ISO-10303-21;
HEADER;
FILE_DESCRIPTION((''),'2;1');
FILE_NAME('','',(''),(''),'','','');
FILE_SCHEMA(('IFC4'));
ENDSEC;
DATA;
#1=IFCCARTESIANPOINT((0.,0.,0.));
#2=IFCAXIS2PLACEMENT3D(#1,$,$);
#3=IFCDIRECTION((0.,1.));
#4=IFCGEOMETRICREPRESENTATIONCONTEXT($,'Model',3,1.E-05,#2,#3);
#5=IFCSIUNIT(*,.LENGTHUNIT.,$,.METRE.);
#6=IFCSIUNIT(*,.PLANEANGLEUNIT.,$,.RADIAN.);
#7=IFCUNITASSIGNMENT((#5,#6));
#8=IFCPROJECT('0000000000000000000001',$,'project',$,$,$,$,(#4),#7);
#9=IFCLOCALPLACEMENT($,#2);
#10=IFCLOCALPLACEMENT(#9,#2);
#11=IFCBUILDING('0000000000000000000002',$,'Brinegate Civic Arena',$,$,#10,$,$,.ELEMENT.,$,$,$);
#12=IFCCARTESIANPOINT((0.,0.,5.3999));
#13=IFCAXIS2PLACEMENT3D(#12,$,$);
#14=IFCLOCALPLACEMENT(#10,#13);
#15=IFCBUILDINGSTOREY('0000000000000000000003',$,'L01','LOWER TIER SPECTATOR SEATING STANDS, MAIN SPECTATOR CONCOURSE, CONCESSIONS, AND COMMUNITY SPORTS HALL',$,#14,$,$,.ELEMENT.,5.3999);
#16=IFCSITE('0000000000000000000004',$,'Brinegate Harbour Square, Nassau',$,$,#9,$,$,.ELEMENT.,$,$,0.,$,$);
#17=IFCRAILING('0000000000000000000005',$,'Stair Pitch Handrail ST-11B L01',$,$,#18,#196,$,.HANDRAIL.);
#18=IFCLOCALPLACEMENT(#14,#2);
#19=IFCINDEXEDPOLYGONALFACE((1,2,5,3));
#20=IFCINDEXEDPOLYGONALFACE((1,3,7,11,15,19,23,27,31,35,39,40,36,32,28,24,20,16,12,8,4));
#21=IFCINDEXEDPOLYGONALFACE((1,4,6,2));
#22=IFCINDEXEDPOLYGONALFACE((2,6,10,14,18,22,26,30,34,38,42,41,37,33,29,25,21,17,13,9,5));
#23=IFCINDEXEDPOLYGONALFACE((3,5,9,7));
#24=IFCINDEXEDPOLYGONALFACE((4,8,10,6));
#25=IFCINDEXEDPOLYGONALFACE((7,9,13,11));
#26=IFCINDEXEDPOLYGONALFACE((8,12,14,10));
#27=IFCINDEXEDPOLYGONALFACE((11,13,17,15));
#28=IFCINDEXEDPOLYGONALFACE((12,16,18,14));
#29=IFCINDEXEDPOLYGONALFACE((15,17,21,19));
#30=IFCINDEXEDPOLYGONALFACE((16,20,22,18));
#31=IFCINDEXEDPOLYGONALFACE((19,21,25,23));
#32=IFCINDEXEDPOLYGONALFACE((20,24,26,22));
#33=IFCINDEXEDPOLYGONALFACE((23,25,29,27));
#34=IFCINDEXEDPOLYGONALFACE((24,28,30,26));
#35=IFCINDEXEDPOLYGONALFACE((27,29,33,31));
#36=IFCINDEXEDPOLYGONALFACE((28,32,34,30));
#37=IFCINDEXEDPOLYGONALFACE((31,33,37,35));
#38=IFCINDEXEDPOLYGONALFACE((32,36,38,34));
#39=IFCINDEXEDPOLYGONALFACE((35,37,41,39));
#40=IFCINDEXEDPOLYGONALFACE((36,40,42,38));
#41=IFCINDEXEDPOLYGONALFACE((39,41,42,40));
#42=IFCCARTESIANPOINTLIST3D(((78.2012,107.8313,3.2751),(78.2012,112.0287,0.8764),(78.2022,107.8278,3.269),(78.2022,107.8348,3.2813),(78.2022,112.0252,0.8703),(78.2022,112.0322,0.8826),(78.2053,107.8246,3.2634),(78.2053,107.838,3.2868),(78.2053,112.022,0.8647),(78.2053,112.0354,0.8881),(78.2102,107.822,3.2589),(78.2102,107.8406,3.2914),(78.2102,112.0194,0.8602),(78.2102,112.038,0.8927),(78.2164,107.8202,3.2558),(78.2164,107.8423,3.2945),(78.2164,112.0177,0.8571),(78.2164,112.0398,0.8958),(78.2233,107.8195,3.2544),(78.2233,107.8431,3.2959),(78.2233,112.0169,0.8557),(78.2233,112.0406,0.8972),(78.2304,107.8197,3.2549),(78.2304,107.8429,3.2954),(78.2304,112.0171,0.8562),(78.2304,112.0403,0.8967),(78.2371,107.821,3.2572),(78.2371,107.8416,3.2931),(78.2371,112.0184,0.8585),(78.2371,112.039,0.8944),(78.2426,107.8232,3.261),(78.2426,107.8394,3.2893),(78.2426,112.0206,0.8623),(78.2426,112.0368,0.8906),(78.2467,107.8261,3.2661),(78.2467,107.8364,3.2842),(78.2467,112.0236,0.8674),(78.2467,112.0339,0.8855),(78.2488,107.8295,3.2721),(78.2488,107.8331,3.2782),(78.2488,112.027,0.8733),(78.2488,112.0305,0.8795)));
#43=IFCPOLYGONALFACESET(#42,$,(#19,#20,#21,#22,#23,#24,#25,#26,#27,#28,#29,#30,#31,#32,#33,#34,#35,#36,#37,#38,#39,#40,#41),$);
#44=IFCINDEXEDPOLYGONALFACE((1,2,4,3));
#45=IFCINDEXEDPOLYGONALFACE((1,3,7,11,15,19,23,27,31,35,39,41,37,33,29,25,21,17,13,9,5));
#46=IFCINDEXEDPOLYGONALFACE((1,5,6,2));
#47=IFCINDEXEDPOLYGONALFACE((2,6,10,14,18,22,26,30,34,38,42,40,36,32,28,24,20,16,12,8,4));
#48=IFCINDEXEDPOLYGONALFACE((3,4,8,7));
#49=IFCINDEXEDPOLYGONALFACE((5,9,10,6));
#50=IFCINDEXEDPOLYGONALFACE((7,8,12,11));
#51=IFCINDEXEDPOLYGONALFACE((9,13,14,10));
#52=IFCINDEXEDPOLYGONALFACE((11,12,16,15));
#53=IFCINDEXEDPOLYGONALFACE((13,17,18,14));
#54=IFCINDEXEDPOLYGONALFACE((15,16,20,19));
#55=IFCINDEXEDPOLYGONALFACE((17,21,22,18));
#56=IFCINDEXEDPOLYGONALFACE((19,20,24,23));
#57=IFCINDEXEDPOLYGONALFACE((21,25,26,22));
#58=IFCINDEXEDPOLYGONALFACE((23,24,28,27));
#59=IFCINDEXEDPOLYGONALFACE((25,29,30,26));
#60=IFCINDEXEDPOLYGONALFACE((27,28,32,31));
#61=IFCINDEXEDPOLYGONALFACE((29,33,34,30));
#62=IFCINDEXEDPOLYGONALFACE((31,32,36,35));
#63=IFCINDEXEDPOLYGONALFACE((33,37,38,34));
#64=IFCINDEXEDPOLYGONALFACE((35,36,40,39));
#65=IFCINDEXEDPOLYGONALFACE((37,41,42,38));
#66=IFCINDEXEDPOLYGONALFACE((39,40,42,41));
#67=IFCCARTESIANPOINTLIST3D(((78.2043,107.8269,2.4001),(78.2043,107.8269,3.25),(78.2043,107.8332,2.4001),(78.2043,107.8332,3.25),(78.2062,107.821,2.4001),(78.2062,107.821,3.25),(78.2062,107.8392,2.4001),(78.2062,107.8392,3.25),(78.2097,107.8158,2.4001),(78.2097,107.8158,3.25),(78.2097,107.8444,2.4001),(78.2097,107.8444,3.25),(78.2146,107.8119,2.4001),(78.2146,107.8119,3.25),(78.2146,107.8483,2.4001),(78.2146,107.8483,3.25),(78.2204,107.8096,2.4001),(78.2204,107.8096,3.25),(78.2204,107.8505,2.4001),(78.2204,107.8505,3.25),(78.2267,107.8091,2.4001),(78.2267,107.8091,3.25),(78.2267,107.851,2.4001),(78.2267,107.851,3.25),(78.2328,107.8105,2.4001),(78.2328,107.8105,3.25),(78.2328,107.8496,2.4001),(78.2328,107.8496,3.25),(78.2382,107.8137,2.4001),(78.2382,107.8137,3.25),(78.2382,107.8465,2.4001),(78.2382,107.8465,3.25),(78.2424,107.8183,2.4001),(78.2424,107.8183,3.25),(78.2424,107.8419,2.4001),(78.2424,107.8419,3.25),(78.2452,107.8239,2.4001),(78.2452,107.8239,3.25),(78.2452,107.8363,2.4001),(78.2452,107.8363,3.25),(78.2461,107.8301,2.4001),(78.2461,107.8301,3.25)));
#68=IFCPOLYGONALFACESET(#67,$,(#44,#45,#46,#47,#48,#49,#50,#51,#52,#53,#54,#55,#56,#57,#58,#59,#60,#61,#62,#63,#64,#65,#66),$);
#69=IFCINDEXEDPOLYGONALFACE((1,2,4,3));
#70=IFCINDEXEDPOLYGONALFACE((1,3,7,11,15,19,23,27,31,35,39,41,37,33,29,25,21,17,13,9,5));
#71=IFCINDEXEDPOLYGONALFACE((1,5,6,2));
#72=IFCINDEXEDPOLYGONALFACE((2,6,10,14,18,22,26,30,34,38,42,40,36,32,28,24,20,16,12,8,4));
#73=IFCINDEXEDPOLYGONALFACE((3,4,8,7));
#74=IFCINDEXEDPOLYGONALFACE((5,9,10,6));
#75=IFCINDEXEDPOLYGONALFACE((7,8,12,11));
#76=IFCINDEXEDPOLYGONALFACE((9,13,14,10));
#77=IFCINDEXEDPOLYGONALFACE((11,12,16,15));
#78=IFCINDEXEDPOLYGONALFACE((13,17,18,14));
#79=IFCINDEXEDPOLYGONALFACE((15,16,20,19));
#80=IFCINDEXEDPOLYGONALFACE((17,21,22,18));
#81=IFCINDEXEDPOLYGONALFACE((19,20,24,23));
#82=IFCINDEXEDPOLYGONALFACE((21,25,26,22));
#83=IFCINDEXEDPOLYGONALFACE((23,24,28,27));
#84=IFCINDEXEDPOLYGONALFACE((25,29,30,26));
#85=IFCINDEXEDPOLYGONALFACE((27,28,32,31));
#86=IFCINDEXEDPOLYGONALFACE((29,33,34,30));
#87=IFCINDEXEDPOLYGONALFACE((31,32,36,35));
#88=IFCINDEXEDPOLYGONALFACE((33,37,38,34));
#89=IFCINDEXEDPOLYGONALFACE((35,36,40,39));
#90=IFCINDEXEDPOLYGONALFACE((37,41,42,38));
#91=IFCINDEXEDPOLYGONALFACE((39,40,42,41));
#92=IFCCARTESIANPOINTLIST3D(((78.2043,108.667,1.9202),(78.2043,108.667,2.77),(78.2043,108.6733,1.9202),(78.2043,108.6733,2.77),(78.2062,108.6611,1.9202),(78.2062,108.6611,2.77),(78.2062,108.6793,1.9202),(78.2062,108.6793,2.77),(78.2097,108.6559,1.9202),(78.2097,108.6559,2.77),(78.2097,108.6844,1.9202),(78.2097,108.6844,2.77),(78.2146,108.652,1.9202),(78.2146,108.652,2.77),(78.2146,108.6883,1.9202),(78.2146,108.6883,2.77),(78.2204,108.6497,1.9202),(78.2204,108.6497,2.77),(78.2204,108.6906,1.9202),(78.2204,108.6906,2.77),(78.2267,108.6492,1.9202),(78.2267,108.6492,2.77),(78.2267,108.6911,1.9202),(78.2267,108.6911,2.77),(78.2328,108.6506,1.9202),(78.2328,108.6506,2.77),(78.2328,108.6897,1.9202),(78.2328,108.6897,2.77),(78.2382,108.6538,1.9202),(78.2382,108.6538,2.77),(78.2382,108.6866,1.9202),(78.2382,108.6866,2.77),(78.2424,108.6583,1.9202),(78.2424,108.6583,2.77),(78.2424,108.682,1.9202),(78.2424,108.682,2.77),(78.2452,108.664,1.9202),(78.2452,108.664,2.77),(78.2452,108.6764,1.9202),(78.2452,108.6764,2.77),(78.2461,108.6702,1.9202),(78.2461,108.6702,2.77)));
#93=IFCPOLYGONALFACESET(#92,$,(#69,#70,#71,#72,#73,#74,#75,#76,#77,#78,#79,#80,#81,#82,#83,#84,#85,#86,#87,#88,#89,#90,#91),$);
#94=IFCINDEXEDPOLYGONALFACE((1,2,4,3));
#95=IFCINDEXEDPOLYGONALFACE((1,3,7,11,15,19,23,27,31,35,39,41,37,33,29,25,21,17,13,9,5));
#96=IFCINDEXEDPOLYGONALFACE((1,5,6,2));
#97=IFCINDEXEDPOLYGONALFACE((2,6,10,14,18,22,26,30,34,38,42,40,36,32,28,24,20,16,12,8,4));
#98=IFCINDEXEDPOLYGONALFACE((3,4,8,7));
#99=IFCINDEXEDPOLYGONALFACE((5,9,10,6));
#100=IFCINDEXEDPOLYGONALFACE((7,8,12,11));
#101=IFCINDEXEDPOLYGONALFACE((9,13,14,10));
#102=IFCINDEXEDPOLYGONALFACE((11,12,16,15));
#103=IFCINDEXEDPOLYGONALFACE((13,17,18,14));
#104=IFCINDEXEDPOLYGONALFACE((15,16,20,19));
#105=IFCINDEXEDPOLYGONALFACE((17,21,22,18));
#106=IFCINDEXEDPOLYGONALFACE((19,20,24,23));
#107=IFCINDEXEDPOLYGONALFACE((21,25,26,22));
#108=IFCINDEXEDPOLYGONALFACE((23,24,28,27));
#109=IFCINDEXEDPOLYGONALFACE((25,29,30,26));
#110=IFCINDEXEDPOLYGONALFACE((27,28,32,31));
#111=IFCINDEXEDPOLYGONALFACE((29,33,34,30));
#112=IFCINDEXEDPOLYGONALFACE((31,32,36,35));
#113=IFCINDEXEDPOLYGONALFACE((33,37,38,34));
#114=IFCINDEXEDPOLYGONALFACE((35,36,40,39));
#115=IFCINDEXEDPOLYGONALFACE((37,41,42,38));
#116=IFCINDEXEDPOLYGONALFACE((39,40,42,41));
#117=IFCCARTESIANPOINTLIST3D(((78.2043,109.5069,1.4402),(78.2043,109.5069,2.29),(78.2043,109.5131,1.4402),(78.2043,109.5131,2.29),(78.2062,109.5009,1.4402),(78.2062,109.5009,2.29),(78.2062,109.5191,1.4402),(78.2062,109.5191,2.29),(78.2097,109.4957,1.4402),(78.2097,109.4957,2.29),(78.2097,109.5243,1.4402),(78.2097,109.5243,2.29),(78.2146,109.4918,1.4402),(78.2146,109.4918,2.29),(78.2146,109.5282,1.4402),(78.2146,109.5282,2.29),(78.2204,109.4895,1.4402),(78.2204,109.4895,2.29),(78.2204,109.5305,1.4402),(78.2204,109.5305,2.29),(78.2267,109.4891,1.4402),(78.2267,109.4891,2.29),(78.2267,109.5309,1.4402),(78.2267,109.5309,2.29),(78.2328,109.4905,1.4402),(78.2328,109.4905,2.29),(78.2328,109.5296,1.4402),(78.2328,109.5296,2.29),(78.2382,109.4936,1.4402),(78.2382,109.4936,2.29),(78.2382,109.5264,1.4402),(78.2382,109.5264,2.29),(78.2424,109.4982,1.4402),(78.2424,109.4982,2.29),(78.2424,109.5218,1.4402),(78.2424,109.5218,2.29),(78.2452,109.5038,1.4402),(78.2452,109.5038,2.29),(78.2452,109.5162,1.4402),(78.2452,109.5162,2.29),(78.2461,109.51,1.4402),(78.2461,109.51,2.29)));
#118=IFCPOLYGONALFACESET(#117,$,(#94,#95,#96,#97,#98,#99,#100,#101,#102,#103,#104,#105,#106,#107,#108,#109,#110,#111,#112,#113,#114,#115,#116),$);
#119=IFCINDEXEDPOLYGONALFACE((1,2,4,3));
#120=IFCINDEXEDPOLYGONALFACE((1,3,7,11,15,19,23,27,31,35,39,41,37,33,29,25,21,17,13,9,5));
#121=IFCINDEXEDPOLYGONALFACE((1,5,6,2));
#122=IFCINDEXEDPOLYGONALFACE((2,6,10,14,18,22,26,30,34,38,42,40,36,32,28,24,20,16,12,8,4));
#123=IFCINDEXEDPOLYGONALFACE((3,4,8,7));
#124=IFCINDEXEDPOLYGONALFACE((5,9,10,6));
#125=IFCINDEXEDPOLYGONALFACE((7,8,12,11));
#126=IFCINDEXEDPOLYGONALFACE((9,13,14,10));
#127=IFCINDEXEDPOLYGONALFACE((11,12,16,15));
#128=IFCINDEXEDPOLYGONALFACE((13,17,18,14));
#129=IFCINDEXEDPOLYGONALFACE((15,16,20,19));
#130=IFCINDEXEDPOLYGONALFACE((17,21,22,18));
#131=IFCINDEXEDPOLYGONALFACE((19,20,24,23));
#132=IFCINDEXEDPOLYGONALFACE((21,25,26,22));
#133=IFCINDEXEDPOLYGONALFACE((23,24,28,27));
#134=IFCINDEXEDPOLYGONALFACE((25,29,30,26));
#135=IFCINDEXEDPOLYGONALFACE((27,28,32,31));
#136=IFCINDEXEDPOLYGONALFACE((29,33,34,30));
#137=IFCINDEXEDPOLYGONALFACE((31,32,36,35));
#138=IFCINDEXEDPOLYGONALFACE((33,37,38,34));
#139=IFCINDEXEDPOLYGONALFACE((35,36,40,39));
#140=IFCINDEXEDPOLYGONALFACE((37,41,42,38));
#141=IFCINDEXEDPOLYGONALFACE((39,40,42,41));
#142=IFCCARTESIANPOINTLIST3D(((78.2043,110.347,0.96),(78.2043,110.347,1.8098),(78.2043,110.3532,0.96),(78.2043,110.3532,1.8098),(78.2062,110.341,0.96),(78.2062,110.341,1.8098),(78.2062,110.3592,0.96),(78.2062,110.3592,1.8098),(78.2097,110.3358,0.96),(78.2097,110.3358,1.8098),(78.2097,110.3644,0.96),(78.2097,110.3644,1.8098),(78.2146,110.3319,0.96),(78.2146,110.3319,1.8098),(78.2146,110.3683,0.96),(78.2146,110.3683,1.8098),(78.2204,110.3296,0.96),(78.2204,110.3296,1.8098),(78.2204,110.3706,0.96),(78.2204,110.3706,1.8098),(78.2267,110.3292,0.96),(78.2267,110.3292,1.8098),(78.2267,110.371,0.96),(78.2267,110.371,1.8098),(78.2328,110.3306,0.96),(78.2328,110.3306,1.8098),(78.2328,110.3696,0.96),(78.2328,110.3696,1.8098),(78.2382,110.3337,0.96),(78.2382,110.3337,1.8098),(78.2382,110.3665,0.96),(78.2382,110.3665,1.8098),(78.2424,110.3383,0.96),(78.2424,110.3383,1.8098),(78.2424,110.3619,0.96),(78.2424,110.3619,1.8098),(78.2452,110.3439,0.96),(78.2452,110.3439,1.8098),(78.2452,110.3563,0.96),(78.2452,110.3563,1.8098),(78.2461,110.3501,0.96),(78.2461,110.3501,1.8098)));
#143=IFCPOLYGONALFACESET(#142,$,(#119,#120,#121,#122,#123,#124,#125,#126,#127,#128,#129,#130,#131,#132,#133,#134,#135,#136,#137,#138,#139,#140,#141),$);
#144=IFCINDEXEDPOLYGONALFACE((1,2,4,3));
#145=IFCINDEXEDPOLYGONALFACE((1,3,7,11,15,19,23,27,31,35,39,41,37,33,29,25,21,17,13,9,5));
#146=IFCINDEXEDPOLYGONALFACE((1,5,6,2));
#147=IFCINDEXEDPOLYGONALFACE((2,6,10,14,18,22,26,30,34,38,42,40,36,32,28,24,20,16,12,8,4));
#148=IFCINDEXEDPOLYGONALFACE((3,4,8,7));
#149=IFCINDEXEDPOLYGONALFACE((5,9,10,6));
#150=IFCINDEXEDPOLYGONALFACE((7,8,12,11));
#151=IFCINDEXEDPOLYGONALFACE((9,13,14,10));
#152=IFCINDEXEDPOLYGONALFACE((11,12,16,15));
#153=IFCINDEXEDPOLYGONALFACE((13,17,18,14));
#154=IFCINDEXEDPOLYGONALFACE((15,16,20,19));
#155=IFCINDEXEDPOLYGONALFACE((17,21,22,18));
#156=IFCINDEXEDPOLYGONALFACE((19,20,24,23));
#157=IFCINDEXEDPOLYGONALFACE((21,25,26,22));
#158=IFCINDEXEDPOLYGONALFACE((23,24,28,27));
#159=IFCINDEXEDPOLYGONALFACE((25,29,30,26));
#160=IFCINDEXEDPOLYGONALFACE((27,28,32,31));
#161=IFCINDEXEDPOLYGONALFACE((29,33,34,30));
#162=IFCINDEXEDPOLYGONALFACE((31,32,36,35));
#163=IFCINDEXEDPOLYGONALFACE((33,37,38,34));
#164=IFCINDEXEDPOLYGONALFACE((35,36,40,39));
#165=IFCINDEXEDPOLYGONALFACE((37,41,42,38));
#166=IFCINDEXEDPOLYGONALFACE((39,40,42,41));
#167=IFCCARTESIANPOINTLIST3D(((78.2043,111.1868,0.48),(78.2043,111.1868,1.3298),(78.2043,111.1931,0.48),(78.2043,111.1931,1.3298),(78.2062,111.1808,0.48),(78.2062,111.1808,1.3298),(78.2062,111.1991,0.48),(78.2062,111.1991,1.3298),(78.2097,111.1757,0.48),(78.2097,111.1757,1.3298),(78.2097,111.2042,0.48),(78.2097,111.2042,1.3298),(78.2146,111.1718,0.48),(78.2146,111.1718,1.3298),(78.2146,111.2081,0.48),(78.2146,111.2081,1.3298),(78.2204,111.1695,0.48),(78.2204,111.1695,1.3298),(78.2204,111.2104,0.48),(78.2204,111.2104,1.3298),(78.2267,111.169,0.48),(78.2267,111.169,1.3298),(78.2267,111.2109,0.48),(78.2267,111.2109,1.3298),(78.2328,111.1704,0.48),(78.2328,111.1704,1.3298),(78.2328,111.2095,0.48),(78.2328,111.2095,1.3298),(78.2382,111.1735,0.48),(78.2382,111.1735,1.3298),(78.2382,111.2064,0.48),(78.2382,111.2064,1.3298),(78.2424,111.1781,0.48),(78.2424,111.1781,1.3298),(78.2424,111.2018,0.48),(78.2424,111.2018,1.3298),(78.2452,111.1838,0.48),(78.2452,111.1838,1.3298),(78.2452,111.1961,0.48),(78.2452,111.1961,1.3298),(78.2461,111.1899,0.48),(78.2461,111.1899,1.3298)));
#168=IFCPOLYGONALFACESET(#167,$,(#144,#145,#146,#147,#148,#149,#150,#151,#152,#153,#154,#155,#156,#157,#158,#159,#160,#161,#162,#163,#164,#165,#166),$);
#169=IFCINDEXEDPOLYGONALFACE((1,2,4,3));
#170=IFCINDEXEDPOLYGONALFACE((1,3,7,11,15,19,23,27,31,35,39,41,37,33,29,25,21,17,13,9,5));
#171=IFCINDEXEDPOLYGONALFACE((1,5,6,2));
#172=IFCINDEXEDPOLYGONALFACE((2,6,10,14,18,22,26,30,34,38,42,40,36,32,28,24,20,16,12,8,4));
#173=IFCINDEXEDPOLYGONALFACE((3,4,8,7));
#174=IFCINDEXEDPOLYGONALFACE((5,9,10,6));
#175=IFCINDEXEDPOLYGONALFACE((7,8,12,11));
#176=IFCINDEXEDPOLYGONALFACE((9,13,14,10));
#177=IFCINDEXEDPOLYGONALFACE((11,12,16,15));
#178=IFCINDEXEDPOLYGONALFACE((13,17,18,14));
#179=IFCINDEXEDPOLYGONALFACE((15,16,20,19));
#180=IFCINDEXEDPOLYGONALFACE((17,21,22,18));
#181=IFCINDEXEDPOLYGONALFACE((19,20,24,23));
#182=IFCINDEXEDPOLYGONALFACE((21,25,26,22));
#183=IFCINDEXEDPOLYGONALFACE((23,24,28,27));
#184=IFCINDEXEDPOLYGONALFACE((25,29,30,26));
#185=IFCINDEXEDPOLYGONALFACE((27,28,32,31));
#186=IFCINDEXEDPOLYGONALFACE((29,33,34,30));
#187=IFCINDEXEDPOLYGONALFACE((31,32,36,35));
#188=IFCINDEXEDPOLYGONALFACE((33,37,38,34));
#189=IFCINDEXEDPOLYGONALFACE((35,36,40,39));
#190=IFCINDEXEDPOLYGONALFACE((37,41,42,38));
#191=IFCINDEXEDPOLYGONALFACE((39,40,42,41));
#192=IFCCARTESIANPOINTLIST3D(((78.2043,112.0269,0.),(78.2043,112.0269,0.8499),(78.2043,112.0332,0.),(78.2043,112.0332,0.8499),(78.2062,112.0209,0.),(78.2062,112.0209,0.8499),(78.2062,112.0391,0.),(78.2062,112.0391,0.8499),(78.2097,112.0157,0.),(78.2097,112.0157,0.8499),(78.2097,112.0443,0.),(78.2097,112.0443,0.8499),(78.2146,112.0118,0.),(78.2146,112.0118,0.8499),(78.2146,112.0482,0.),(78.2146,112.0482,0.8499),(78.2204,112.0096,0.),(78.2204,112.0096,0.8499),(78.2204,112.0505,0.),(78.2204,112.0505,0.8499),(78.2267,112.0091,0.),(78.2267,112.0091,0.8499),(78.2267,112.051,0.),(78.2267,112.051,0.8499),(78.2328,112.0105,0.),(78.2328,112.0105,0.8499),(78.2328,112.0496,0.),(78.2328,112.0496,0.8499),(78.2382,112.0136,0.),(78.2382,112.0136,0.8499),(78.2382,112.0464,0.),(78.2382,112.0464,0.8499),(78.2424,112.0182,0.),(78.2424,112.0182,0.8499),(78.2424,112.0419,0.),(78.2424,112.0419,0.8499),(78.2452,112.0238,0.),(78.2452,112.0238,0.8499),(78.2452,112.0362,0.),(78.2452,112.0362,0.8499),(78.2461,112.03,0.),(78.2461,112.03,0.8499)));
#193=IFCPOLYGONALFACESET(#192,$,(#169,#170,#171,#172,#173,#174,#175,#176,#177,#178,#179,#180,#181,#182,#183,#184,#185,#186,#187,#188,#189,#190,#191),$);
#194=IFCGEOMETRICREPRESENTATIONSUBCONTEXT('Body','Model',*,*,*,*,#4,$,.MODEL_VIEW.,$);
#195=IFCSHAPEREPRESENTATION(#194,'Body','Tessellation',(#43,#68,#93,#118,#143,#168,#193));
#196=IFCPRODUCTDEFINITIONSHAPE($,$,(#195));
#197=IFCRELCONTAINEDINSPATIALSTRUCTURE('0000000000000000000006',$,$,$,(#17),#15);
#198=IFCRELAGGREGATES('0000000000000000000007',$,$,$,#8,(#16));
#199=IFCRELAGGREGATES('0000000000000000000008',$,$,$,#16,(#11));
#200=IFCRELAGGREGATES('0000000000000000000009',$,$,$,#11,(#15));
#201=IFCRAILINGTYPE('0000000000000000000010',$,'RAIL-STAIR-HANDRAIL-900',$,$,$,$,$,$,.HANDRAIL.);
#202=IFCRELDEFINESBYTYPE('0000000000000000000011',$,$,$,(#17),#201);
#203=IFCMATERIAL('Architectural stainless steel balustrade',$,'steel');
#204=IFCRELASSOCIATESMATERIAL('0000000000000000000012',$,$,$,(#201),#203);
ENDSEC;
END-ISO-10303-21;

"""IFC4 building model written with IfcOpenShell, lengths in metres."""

from ifc_helpers import new_model, si_unit, direction, frame, origin, origin_2d, place, context, subcontext, project, spatial, circle, extrude, material, type_object, element, save


model = new_model("IFC4")

# Units and contexts
model_context = context("Model", 3, precision=1e-05, world=origin(), true_north=direction((0.0, 1.0)))
body_context = subcontext(model_context, "Body", "Model", "MODEL_VIEW")
ifc_project = project(units=[si_unit("LENGTHUNIT", "METRE"), si_unit("PLANEANGLEUNIT", "RADIAN")], contexts=[model_context])

# Site, building, storey
site_placement = place(None, origin())
site = spatial("IfcSite", under=ifc_project, at=site_placement, Name="Brinegate Harbour Square, Nassau", CompositionType="ELEMENT", RefElevation=0.0)
building_placement = place(site_placement, origin())
building = spatial("IfcBuilding", under=site, at=building_placement, Name="Brinegate Civic Arena", CompositionType="ELEMENT")
storey_placement = place(building_placement, frame((0.0, 0.0, 5.3999)))
storey = spatial("IfcBuildingStorey", under=building, at=storey_placement, Name="L01", Description="LOWER TIER SPECTATOR SEATING STANDS, MAIN SPECTATOR CONCOURSE, CONCESSIONS, AND COMMUNITY SPORTS HALL", CompositionType="ELEMENT", Elevation=5.3999)

# Railing
ifc_material_1 = material(Name="Architectural stainless steel balustrade", Category="steel")
railing_type_1 = type_object("IfcRailingType", Name="RAIL-STAIR-HANDRAIL-900", PredefinedType="HANDRAIL", material=ifc_material_1)
for number, where, name in (
    (1, (78.2251, 107.8301, 2.4001), "Stair Pitch Handrail ST-11B L01"),
):
    element("IfcRailing", number, at=place(storey_placement, frame(where)), inside=storey, type_object=railing_type_1, Name=name, PredefinedType="HANDRAIL", context=body_context, shape_type="SweptSolid", body=[
        extrude(circle(Radius=0.0239, at=origin_2d()), frame((0.0, 0.0012, 0.875), z_axis=(0.0, 0.868228, -0.496166), x_axis=(-1.0, 0.0, 0.0)), (0.0, 0.0, 1.0), 4.8345),
        extrude(circle(Radius=0.021, at=origin_2d()), origin(), (0.0, 0.0, 1.0), 0.8499),
        extrude(circle(Radius=0.021, at=origin_2d()), frame((0.0, 0.8401, -0.48)), (0.0, 0.0, 1.0), 0.8499),
        extrude(circle(Radius=0.021, at=origin_2d()), frame((0.0, 1.6799, -0.96)), (0.0, 0.0, 1.0), 0.8499),
        extrude(circle(Radius=0.021, at=origin_2d()), frame((0.0, 2.52, -1.4402)), (0.0, 0.0, 1.0), 0.8499),
        extrude(circle(Radius=0.021, at=origin_2d()), frame((0.0, 3.3599, -1.9202)), (0.0, 0.0, 1.0), 0.8499),
        extrude(circle(Radius=0.021, at=origin_2d()), frame((0.0, 4.2, -2.4001)), (0.0, 0.0, 1.0), 0.8499),
    ])

save(model, "model.ifc")
